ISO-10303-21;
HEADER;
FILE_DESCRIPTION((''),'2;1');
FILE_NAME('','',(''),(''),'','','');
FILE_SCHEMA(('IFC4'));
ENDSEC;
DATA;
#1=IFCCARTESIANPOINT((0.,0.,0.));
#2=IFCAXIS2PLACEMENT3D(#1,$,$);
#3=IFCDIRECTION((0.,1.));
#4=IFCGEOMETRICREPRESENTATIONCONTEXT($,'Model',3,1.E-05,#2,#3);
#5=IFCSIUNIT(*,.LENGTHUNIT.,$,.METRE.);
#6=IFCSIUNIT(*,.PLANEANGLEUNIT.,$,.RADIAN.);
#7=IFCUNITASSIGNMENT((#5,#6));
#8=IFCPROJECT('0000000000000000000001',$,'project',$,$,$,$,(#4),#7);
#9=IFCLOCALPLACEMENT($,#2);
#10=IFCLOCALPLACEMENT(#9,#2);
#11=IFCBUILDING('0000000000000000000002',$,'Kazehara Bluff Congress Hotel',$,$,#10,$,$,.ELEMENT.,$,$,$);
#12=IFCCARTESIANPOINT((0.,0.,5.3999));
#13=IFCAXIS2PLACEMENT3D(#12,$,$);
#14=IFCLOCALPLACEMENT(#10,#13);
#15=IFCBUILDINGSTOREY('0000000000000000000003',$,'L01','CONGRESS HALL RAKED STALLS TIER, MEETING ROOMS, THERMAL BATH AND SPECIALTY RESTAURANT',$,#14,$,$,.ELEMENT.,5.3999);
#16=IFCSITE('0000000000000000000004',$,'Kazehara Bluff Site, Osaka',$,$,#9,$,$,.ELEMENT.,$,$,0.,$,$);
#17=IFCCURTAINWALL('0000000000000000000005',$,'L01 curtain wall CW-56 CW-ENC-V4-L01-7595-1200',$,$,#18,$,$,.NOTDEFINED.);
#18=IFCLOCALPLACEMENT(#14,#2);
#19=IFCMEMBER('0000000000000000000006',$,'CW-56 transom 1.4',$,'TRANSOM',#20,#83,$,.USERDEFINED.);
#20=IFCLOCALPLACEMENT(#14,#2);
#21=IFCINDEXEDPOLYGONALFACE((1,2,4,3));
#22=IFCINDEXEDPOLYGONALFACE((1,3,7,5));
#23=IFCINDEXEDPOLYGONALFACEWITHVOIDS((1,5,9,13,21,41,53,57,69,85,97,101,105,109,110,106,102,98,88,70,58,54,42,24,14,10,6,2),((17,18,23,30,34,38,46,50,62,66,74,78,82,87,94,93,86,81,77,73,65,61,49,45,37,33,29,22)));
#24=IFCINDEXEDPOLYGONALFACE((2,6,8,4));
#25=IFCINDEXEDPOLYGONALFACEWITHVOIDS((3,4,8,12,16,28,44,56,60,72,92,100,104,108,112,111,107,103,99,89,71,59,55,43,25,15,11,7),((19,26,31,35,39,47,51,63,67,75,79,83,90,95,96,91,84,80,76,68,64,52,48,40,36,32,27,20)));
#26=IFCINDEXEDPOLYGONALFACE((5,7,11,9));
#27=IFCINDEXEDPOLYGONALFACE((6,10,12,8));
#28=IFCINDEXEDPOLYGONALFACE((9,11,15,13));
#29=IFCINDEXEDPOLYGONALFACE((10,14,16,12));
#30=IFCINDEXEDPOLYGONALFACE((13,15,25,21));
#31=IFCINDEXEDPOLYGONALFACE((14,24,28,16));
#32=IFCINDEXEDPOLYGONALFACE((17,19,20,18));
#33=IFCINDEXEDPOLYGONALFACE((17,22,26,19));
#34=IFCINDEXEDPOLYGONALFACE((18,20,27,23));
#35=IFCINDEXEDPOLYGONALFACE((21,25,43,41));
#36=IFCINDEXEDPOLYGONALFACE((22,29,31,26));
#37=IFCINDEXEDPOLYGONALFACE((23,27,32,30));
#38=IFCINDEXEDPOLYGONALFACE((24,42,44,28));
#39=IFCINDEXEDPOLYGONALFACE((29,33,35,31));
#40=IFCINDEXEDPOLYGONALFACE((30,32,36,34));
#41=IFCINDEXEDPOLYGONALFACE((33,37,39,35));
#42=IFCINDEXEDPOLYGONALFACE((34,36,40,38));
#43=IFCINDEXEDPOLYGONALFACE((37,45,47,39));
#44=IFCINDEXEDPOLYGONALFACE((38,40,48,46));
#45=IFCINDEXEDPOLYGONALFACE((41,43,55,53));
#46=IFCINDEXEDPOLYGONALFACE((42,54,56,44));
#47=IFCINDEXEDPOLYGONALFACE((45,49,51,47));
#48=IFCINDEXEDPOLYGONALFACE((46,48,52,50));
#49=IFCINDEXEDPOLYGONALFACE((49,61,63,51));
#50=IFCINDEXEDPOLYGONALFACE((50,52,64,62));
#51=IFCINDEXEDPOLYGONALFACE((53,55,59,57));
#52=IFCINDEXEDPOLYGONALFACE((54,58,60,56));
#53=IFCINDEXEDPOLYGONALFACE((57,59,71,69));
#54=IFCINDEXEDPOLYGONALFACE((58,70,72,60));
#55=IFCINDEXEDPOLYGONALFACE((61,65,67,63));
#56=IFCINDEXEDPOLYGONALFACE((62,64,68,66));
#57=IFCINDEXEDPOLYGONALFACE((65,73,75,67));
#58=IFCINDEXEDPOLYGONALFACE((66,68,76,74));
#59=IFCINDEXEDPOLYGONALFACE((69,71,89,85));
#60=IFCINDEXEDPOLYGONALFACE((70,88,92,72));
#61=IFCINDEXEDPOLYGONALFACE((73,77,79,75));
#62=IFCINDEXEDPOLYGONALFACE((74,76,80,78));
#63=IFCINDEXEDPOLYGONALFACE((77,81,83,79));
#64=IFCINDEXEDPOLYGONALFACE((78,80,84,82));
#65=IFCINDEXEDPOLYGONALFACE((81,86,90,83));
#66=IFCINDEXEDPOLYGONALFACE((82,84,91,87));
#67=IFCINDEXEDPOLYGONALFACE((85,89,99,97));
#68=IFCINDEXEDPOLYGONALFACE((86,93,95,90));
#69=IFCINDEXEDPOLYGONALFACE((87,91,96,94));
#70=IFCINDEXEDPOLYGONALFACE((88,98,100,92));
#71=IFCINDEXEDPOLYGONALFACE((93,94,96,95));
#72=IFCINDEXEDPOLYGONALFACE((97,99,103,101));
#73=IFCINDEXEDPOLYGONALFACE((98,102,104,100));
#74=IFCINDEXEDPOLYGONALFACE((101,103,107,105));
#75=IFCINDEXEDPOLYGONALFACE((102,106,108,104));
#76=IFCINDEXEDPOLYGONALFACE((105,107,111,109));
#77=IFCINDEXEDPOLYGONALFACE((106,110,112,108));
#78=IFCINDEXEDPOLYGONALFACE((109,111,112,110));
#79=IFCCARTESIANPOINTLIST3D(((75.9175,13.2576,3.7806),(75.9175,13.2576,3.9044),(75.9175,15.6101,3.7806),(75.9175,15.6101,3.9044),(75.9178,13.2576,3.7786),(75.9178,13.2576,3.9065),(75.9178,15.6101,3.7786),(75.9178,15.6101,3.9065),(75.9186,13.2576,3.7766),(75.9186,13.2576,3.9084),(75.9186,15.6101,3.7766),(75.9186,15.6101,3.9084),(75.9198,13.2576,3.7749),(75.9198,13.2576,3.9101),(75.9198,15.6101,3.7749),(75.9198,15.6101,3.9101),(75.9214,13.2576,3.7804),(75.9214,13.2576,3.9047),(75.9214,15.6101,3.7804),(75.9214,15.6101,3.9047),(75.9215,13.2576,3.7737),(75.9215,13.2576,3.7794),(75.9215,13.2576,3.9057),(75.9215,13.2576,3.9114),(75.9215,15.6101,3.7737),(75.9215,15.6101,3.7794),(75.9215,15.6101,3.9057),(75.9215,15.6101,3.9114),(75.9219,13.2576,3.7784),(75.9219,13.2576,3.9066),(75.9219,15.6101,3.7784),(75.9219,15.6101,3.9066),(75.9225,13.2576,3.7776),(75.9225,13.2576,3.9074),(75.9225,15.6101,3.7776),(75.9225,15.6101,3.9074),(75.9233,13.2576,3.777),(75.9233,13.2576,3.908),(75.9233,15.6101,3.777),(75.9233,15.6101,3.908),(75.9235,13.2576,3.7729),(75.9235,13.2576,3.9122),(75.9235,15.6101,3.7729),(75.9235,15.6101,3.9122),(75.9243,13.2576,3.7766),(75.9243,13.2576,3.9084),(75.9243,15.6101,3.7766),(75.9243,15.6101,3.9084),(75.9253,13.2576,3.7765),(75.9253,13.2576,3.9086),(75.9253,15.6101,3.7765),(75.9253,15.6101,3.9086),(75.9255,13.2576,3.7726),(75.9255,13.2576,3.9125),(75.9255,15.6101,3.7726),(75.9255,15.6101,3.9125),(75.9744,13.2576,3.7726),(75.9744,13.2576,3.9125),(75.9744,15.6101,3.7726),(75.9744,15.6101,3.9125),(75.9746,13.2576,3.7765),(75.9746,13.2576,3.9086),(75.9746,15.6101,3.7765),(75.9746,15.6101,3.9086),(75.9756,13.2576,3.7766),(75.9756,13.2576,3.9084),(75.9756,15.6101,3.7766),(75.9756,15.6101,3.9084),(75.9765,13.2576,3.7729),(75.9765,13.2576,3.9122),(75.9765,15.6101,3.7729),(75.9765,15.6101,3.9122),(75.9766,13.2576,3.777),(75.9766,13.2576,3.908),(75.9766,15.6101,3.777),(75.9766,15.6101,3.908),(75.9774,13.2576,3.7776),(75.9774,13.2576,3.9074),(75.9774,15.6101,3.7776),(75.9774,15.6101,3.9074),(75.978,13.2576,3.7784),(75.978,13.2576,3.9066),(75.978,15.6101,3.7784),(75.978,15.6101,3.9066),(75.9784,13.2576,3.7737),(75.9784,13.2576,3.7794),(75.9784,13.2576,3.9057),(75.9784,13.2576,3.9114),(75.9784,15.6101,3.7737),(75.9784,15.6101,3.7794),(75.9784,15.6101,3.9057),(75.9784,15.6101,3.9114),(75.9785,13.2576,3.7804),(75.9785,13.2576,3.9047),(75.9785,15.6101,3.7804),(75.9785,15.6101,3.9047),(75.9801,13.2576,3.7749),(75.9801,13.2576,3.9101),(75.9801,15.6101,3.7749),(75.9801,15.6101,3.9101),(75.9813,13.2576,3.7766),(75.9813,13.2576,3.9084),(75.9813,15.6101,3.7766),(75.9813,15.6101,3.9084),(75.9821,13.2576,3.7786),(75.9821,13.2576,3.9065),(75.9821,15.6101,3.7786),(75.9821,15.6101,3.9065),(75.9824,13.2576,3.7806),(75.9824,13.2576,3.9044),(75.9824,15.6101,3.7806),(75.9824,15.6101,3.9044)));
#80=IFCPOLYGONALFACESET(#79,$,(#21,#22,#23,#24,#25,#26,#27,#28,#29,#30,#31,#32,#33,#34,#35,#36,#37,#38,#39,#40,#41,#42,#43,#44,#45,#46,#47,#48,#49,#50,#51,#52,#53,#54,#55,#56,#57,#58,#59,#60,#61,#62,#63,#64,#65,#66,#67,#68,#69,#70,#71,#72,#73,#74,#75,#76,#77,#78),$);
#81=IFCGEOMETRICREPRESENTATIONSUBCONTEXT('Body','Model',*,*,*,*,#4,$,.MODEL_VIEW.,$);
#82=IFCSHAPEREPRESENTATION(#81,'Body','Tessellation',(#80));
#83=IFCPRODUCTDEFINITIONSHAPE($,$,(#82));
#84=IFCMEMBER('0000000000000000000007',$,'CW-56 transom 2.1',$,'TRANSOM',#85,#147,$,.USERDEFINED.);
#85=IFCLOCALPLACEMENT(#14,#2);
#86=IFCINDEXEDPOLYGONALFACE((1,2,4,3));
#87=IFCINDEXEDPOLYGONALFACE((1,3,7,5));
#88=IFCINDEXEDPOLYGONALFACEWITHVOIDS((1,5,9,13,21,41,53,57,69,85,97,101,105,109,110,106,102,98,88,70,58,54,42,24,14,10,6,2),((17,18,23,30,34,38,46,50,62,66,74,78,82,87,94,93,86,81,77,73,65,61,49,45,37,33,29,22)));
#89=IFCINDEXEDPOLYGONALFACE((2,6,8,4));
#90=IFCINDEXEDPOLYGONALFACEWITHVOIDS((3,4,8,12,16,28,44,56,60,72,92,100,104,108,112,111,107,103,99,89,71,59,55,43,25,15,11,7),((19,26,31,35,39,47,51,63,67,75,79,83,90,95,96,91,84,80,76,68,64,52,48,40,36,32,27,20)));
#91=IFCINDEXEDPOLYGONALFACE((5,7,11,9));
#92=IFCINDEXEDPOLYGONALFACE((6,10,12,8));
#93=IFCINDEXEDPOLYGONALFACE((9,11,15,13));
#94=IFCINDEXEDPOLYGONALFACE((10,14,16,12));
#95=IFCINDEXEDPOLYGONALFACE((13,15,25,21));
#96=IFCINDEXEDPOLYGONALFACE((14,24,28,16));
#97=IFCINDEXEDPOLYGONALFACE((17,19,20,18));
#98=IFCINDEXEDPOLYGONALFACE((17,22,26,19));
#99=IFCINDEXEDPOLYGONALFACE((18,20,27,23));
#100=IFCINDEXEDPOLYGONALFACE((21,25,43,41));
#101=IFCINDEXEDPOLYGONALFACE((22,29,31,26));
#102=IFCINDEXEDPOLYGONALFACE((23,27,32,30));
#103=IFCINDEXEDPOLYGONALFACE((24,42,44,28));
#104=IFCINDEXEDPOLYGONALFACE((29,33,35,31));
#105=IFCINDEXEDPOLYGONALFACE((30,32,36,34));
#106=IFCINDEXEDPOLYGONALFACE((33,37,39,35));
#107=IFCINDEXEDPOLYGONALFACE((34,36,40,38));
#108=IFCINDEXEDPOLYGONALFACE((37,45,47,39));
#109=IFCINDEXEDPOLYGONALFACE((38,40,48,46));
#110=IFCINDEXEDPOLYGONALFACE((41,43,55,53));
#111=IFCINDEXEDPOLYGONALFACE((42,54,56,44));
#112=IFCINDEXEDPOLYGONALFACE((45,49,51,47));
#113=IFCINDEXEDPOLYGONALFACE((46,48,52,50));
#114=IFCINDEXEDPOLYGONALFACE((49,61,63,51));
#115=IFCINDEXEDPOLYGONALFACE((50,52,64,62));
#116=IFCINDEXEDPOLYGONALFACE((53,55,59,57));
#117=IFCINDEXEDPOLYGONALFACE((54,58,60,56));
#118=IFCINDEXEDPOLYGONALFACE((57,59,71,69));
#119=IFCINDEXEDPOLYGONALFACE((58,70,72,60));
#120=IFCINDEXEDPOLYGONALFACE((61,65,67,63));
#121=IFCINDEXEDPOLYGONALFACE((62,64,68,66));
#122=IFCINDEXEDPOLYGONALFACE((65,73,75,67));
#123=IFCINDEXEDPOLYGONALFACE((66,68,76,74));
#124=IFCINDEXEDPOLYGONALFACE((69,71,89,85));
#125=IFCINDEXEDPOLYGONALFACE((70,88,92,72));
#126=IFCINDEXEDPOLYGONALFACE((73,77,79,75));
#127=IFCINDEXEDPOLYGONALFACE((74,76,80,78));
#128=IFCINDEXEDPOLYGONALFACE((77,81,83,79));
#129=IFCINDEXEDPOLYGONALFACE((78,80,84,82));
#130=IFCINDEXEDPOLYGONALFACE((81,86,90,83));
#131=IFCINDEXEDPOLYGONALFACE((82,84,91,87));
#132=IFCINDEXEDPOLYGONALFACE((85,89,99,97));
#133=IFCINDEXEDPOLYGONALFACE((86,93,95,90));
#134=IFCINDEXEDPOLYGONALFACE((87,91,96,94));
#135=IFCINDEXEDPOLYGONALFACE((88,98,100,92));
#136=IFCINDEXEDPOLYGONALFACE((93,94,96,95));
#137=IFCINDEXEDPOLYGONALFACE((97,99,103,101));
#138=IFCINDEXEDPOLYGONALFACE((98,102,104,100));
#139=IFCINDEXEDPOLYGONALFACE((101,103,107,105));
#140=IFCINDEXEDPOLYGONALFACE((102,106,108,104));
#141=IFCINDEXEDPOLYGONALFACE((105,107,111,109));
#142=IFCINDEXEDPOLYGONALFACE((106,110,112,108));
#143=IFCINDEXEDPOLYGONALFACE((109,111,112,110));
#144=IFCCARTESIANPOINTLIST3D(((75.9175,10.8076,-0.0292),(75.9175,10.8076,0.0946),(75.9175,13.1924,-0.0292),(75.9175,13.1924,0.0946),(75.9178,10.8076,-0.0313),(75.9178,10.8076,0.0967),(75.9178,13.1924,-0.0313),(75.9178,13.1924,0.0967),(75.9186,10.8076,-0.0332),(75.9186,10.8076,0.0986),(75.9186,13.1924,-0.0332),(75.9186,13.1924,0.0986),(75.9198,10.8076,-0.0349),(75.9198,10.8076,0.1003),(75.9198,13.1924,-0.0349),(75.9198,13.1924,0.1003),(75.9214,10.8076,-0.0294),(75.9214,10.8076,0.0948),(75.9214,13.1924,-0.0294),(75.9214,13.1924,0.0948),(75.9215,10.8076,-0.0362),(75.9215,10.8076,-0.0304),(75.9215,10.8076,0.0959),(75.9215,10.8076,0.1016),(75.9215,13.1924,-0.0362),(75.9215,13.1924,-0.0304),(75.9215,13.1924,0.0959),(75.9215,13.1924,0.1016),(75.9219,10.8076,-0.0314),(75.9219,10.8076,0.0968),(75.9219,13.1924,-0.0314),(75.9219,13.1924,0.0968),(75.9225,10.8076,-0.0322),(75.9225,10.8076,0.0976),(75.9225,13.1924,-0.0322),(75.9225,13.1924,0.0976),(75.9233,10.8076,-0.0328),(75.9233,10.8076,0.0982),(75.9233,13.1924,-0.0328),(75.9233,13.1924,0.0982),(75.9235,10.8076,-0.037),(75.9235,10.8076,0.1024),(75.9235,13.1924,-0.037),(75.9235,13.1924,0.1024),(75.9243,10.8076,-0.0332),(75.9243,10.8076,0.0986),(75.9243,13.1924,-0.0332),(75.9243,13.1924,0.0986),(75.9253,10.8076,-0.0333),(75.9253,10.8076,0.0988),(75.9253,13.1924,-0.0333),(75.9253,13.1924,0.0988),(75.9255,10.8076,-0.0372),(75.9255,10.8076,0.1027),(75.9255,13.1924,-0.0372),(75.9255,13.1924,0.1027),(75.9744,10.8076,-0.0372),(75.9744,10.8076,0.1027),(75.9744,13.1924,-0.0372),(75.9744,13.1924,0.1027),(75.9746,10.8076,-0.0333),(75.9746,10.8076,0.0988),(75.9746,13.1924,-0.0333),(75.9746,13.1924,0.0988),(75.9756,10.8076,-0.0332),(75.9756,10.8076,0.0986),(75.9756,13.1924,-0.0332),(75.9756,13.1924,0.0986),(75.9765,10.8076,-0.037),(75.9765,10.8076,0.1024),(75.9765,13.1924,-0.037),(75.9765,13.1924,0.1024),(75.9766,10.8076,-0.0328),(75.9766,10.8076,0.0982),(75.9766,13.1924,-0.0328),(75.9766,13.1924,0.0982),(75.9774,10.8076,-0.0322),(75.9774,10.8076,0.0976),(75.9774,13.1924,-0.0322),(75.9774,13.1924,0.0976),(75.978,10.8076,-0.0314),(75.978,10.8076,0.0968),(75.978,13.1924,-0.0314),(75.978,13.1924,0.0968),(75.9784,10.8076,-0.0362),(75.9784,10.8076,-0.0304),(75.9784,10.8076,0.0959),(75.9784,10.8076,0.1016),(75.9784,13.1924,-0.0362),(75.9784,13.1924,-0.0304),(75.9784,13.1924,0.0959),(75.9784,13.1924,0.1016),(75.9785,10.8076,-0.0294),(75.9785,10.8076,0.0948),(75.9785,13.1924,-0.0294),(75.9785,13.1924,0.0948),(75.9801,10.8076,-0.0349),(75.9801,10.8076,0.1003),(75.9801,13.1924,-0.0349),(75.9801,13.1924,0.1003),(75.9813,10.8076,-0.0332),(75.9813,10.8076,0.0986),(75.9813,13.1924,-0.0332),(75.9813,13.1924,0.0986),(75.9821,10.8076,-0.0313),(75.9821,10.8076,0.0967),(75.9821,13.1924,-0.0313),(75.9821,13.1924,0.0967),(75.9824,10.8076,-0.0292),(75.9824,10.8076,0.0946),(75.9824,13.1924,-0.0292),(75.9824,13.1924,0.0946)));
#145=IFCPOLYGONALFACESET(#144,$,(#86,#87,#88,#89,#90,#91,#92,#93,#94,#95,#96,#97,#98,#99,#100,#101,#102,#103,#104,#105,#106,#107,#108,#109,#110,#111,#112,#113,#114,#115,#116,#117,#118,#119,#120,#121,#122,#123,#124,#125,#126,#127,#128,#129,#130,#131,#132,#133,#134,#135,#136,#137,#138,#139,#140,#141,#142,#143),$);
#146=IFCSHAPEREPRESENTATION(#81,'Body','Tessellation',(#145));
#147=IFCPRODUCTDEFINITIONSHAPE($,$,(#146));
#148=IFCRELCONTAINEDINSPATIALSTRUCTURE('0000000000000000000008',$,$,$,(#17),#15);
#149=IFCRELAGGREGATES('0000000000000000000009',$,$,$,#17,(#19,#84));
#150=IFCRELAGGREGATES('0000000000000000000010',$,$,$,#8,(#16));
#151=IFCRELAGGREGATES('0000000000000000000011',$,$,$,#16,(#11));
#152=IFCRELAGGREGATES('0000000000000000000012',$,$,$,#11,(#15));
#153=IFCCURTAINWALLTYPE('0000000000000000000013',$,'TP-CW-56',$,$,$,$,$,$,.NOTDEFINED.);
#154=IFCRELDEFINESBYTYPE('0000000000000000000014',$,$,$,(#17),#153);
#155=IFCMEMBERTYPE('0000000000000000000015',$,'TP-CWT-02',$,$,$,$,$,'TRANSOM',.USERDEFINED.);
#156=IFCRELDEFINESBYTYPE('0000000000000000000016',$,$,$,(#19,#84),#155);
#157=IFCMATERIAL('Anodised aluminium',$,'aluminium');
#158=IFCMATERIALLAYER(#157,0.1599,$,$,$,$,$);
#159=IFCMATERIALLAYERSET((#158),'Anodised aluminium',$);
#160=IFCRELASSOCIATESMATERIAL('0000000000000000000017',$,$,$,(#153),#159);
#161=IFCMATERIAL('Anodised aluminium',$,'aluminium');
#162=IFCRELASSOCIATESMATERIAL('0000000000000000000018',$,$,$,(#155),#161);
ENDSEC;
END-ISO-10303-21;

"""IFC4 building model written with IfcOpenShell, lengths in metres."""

from ifc_helpers import new_model, si_unit, direction, frame, origin, origin_2d, place, context, subcontext, project, spatial, hollow_rectangle, extrude, material, layer, layer_set, material_profile, profile_set, type_object, element, aggregate, save


model = new_model("IFC4")

# Units and contexts
model_context = context("Model", 3, precision=1e-05, world=origin(), true_north=direction((0.0, 1.0)))
body_context = subcontext(model_context, "Body", "Model", "MODEL_VIEW")
ifc_project = project(units=[si_unit("LENGTHUNIT", "METRE"), si_unit("PLANEANGLEUNIT", "RADIAN")], contexts=[model_context])

# Site, building, storey
site_placement = place(None, origin())
site = spatial("IfcSite", under=ifc_project, at=site_placement, Name="Kazehara Bluff Site, Osaka", CompositionType="ELEMENT", RefElevation=0.0)
building_placement = place(site_placement, origin())
building = spatial("IfcBuilding", under=site, at=building_placement, Name="Kazehara Bluff Congress Hotel", CompositionType="ELEMENT")
storey_placement = place(building_placement, frame((0.0, 0.0, 5.3999)))
storey = spatial("IfcBuildingStorey", under=building, at=storey_placement, Name="L01", Description="CONGRESS HALL RAKED STALLS TIER, MEETING ROOMS, THERMAL BATH AND SPECIALTY RESTAURANT", CompositionType="ELEMENT", Elevation=5.3999)

# Curtain wall
ifc_material_1 = material(Name="Anodised aluminium", Category="aluminium")
ifc_layer_1 = layer(ifc_material_1, 0.1599)
ifc_layer_set_1 = layer_set([ifc_layer_1], Name="Anodised aluminium")
curtain_wall_type_1 = type_object("IfcCurtainWallType", Name="TP-CW-56", PredefinedType="NOTDEFINED", material=ifc_layer_set_1)
curtain_wall_1_placement = place(storey_placement, origin())
curtain_wall_1 = element("IfcCurtainWall", 1, at=curtain_wall_1_placement, inside=storey, type_object=curtain_wall_type_1, Name="L01 curtain wall CW-56 CW-ENC-V4-L01-7595-1200", PredefinedType="NOTDEFINED")

# Members
ifc_material_2 = material(Name="Anodised aluminium", Category="aluminium")
ifc_material_profile_1 = material_profile(ifc_material_2, hollow_rectangle(XDim=0.0649, YDim=0.1399, WallThickness=0.0039, InnerFilletRadius=0.0039, OuterFilletRadius=0.0081, at=origin_2d()))
ifc_profile_set_1 = profile_set([ifc_material_profile_1], Name="Anodised aluminium")
member_type_1 = type_object("IfcMemberType", Name="TP-CWT-02", ElementType="TRANSOM", PredefinedType="USERDEFINED", material=ifc_profile_set_1)
member_1_placement = place(storey_placement, frame((75.95, 15.6101, 3.8425), z_axis=(0.0, -1.0, 0.0), x_axis=(1.0, 0.0, 0.0)))
member_1 = element("IfcMember", 2, at=member_1_placement, type_object=member_type_1, Name="CW-56 transom 1.4", ObjectType="TRANSOM", PredefinedType="USERDEFINED", context=body_context, shape_type="SweptSolid", body=[
    extrude(hollow_rectangle(XDim=0.0649, YDim=0.1399, WallThickness=0.0039, InnerFilletRadius=0.0039, OuterFilletRadius=0.0081, at=origin_2d()), origin(), (0.0, 0.0, 1.0), 2.3525),
])
member_2_placement = place(storey_placement, frame((75.95, 13.1924, 0.0327), z_axis=(0.0, -1.0, 0.0), x_axis=(1.0, 0.0, 0.0)))
member_2 = element("IfcMember", 3, at=member_2_placement, type_object=member_type_1, Name="CW-56 transom 2.1", ObjectType="TRANSOM", PredefinedType="USERDEFINED", context=body_context, shape_type="SweptSolid", body=[
    extrude(hollow_rectangle(XDim=0.0649, YDim=0.1399, WallThickness=0.0039, InnerFilletRadius=0.0039, OuterFilletRadius=0.0081, at=origin_2d()), origin(), (0.0, 0.0, 1.0), 2.3848),
])

aggregate(curtain_wall_1, [member_1, member_2])

save(model, "model.ifc")
